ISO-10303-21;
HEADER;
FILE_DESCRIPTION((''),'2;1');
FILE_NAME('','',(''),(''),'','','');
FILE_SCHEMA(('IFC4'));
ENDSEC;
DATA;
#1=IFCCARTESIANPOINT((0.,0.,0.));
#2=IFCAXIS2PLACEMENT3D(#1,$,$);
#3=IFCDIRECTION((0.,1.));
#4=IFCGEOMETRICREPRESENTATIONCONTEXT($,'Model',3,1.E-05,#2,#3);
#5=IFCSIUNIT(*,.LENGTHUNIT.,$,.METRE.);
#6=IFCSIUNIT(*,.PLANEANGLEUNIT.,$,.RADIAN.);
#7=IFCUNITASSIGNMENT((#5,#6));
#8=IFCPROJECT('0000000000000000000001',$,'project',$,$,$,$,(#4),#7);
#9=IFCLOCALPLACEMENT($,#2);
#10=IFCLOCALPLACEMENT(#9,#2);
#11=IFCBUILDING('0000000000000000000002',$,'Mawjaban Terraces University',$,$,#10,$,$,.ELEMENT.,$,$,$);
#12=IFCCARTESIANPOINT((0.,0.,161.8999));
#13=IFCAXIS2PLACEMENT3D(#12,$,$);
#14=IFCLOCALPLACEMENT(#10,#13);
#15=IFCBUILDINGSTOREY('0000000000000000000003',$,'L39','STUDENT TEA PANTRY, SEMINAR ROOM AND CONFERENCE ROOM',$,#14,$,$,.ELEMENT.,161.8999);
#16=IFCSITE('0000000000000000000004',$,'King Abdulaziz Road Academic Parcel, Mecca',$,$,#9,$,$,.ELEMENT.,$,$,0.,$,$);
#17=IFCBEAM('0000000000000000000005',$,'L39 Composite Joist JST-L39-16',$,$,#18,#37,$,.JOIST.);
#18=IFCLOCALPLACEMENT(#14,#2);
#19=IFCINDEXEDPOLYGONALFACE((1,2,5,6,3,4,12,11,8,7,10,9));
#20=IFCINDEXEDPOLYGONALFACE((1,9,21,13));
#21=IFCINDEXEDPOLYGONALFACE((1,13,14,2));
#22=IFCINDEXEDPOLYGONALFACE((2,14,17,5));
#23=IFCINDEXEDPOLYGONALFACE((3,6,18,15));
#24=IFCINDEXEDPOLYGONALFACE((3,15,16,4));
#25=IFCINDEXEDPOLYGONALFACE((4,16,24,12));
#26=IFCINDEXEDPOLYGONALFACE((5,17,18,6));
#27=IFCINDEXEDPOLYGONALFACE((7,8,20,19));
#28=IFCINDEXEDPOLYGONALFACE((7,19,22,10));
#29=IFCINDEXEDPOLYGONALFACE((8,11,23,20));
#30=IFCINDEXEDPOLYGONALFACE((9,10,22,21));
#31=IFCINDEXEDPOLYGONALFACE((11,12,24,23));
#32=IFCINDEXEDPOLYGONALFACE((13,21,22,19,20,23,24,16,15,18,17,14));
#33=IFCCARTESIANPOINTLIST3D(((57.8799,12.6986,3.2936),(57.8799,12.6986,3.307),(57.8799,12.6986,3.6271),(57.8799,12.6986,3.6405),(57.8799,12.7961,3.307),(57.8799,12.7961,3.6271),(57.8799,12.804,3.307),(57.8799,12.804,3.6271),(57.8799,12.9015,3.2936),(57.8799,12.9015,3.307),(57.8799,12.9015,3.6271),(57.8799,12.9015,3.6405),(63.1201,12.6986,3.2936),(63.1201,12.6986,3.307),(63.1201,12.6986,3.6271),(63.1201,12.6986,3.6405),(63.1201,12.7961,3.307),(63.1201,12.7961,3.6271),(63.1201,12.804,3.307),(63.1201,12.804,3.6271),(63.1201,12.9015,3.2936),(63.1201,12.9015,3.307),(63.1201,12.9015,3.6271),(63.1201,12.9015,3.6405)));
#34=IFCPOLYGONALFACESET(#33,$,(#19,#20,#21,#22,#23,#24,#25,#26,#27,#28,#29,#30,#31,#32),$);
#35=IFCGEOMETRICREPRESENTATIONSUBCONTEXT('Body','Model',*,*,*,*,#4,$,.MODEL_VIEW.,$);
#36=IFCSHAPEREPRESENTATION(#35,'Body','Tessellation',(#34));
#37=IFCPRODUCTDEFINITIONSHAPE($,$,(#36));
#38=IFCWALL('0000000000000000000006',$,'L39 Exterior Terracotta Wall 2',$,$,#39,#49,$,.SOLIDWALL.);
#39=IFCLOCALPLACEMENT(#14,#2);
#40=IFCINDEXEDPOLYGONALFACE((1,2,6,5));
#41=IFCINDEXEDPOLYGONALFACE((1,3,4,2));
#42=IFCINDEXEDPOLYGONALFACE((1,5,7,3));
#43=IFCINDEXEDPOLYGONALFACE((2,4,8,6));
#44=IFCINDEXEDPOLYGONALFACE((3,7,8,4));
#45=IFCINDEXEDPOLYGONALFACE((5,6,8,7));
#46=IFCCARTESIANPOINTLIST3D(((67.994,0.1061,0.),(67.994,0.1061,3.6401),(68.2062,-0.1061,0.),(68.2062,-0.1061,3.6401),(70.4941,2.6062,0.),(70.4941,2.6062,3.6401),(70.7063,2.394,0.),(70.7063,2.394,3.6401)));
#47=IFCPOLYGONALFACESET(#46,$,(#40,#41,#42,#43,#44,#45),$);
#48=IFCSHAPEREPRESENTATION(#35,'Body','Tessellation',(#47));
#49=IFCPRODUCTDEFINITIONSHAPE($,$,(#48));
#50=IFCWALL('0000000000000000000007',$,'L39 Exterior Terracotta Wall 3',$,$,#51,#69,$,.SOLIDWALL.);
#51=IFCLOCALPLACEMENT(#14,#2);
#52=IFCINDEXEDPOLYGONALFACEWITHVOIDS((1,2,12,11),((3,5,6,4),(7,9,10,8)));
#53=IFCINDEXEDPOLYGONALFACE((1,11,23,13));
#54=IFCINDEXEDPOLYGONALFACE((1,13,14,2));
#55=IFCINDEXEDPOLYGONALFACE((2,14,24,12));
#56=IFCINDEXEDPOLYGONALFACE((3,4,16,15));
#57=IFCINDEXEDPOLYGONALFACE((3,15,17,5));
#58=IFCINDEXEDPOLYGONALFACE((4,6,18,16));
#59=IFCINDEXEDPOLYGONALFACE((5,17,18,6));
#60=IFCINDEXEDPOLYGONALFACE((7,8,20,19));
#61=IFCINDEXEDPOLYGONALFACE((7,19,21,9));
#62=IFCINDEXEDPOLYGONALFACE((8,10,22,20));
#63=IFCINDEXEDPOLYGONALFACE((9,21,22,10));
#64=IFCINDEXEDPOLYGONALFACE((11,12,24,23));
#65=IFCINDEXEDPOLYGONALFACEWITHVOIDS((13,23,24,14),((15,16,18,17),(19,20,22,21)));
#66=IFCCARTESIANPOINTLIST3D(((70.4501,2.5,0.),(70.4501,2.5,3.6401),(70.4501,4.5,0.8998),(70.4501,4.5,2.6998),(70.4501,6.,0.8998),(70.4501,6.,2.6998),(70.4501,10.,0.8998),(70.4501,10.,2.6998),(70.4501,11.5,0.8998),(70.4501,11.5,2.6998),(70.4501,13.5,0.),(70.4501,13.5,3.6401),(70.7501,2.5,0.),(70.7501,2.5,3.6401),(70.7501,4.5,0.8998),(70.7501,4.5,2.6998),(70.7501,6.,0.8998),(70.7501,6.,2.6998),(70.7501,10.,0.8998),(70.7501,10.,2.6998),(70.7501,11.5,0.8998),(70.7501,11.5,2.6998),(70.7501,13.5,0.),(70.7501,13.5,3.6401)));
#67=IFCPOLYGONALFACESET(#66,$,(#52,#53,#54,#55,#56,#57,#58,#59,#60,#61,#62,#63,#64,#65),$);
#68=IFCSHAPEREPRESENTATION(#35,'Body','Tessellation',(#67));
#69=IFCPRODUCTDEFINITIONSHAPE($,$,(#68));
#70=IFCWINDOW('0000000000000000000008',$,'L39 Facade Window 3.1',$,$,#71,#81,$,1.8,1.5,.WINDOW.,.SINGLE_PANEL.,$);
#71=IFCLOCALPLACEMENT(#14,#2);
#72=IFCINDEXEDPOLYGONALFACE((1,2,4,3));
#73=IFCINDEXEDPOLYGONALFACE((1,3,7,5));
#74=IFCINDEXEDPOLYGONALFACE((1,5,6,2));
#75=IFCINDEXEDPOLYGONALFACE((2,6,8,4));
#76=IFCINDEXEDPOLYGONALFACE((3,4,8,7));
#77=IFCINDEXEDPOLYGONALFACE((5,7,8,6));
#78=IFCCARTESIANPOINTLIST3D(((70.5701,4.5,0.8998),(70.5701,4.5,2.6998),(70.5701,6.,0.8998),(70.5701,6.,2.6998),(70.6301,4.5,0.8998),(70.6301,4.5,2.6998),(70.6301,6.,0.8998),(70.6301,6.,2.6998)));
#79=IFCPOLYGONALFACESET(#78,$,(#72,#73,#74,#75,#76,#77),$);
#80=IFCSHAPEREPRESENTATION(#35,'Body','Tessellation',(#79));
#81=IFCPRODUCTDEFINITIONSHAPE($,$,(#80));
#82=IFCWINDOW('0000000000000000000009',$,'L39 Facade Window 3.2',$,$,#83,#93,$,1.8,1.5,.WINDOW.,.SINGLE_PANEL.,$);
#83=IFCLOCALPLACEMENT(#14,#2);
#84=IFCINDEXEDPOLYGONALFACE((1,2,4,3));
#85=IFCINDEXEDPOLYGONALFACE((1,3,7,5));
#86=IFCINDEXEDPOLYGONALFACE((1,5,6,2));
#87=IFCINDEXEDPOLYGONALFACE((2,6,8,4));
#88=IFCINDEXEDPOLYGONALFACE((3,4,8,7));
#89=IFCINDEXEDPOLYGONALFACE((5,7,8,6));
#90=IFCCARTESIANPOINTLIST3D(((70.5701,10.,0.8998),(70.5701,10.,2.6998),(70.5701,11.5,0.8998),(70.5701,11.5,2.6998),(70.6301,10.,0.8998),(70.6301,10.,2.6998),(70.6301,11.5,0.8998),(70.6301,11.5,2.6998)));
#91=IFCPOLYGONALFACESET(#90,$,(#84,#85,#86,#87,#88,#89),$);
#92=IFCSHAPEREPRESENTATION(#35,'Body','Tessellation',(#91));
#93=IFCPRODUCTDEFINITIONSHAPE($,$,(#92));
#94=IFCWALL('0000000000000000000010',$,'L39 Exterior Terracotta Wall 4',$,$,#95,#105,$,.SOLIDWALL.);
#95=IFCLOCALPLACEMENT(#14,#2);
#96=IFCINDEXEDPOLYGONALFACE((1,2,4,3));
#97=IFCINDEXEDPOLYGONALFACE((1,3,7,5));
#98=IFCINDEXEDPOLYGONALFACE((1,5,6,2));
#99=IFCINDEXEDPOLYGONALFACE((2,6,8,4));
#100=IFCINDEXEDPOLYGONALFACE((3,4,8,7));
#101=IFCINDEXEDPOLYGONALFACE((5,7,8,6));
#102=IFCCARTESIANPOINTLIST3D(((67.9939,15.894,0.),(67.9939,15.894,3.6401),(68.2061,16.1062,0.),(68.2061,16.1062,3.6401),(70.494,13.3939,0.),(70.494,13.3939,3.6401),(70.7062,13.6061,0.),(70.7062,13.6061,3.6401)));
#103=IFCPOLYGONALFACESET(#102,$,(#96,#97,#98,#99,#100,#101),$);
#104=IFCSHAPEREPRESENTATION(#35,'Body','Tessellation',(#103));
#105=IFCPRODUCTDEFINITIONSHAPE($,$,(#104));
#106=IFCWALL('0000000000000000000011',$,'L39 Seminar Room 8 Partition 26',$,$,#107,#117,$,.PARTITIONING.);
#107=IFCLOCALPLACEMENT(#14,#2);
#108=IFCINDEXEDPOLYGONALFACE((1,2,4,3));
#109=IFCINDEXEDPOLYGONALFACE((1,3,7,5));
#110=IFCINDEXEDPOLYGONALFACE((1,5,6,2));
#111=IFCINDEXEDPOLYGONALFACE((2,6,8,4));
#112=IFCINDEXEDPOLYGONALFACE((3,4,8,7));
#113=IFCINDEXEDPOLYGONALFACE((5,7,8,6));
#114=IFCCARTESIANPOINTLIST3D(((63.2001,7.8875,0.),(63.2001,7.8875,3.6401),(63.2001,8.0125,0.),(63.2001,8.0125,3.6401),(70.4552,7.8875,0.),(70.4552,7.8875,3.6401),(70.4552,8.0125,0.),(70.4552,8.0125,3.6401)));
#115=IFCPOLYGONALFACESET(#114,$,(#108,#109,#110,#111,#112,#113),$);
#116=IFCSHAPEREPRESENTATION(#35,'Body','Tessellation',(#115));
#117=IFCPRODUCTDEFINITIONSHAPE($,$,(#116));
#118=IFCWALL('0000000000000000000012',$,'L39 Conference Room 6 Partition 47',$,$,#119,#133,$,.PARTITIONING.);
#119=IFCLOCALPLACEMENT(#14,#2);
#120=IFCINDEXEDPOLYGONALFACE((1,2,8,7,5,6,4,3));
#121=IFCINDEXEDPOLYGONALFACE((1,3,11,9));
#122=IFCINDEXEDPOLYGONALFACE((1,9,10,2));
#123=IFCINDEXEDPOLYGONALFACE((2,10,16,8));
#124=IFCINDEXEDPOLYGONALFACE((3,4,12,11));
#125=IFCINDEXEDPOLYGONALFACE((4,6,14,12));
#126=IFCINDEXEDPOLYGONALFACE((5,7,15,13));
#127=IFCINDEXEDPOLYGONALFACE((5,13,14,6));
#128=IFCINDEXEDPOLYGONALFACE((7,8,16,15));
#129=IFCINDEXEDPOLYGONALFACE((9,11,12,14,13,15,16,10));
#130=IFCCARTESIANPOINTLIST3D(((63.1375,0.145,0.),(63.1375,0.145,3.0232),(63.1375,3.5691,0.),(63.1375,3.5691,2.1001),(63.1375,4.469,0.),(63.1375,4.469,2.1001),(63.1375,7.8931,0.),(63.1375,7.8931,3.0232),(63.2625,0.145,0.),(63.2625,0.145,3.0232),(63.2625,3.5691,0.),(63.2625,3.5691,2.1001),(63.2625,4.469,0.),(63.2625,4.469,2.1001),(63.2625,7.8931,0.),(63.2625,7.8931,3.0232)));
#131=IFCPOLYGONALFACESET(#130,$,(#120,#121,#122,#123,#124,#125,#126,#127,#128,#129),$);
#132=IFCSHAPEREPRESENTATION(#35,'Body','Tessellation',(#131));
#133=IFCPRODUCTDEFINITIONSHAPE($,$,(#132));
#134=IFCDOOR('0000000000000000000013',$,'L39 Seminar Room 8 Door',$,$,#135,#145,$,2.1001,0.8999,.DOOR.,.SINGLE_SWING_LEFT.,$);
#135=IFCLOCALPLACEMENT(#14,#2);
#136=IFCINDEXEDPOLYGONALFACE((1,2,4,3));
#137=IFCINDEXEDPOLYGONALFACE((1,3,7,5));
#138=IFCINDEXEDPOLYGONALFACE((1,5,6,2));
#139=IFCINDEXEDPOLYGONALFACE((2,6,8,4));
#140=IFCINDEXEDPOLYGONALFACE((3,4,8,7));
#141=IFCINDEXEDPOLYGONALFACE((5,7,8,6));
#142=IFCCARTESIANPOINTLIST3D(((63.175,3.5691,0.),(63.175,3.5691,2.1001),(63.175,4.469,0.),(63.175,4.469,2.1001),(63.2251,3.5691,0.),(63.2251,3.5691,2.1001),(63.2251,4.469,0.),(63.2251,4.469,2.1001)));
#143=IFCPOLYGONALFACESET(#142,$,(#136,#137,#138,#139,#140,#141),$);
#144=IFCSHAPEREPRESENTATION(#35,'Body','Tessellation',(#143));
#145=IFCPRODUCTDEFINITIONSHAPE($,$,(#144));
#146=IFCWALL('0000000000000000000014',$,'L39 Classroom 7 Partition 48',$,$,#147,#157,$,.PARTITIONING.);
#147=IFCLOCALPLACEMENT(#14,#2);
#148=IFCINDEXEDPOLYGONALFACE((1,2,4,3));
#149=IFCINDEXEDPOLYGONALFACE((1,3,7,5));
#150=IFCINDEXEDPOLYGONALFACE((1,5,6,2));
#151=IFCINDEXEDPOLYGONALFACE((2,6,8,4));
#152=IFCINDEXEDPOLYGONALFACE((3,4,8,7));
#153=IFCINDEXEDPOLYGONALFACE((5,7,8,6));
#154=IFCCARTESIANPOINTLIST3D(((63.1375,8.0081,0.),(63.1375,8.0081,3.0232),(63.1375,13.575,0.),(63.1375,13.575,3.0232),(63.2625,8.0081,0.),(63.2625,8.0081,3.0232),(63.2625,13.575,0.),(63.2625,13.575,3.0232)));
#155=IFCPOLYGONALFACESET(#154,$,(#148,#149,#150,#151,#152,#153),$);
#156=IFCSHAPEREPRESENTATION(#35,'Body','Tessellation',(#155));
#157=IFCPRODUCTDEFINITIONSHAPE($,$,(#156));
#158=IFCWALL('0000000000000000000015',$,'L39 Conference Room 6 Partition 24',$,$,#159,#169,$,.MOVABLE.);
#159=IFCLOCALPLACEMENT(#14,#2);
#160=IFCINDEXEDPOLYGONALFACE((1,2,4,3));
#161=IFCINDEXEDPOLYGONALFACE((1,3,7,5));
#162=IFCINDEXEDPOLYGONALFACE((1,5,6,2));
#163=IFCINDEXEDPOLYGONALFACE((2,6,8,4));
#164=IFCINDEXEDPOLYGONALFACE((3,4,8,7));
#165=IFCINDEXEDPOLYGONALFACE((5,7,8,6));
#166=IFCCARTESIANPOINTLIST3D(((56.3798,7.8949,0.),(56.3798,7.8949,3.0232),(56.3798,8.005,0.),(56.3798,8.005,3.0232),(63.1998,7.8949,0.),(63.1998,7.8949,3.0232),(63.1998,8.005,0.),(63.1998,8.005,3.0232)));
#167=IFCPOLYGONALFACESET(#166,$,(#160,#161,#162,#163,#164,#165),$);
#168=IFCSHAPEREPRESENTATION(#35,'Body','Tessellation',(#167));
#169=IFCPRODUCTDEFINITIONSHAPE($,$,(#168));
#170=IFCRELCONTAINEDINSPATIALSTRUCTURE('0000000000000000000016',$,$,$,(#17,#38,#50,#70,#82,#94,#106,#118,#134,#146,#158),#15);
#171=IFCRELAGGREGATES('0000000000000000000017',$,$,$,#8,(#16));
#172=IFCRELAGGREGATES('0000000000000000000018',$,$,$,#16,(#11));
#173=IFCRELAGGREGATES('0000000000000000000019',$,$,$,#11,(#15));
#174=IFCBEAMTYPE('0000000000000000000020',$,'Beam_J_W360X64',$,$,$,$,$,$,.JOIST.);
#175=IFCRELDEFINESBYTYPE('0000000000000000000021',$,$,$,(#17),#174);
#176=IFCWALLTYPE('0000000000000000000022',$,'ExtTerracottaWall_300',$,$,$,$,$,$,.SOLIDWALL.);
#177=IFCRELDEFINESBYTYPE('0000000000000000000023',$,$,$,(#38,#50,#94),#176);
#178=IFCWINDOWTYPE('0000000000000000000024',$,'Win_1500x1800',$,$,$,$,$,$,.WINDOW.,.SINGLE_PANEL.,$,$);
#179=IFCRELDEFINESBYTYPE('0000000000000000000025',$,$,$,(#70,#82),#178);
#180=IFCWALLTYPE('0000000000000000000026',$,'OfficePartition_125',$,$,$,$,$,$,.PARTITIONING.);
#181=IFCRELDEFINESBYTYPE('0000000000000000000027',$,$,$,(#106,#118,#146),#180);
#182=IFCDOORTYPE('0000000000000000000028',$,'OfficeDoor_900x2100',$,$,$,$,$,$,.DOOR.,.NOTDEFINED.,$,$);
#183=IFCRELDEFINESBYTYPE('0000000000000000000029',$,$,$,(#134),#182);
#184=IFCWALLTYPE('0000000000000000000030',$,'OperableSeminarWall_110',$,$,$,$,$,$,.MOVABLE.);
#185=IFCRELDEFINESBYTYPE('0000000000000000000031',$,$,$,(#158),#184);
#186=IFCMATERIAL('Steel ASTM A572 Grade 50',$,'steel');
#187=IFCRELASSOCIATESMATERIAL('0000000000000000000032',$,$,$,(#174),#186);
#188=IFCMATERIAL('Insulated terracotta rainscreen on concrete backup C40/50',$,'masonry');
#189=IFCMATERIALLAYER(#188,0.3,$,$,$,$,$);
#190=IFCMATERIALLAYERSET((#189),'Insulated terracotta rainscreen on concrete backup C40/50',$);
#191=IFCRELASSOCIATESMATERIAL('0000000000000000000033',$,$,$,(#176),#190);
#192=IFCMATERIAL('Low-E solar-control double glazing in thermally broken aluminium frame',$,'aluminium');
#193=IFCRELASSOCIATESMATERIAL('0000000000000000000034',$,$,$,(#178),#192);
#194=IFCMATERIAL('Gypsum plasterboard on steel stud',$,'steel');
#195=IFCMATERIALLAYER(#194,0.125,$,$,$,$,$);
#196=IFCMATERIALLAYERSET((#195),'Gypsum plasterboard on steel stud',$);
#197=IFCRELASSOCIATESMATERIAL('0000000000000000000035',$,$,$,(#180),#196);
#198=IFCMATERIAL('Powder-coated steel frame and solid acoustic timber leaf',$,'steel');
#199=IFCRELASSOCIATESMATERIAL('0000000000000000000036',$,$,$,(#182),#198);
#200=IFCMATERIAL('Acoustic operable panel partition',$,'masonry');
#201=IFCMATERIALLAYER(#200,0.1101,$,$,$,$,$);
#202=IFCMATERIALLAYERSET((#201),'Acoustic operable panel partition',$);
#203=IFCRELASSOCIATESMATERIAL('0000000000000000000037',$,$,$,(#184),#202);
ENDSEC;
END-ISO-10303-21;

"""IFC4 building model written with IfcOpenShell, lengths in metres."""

from ifc_helpers import new_model, si_unit, direction, frame, frame_2d, origin, origin_2d, place, context, subcontext, project, spatial, rectangle, i_section, extrude, material, layer, layer_set, material_profile, profile_set, type_object, element, fill, save


model = new_model("IFC4")

# Units and contexts
model_context = context("Model", 3, precision=1e-05, world=origin(), true_north=direction((0.0, 1.0)))
body_context = subcontext(model_context, "Body", "Model", "MODEL_VIEW")
ifc_project = project(units=[si_unit("LENGTHUNIT", "METRE"), si_unit("PLANEANGLEUNIT", "RADIAN")], contexts=[model_context])

# Site, building, storey
site_placement = place(None, origin())
site = spatial("IfcSite", under=ifc_project, at=site_placement, Name="King Abdulaziz Road Academic Parcel, Mecca", CompositionType="ELEMENT", RefElevation=0.0)
building_placement = place(site_placement, origin())
building = spatial("IfcBuilding", under=site, at=building_placement, Name="Mawjaban Terraces University", CompositionType="ELEMENT")
storey_placement = place(building_placement, frame((0.0, 0.0, 161.8999)))
storey = spatial("IfcBuildingStorey", under=building, at=storey_placement, Name="L39", Description="STUDENT TEA PANTRY, SEMINAR ROOM AND CONFERENCE ROOM", CompositionType="ELEMENT", Elevation=161.8999)

# Beam
ifc_material_1 = material(Name="Steel ASTM A572 Grade 50", Category="steel")
ifc_material_profile_1 = material_profile(ifc_material_1, i_section(OverallWidth=0.2029, OverallDepth=0.3469, WebThickness=0.0078, FlangeThickness=0.0134, at=origin_2d()), Name="W360X64")
ifc_profile_set_1 = profile_set([ifc_material_profile_1], Name="Steel ASTM A572 Grade 50")
beam_type_1 = type_object("IfcBeamType", Name="Beam_J_W360X64", PredefinedType="JOIST", material=ifc_profile_set_1)
for number, where, z_axis, x_axis, name in (
    (1, (57.8799, 12.8, 3.467), (1.0, 0.0, 0.0), (0.0, 1.0, 0.0), "L39 Composite Joist JST-L39-16"),
):
    element("IfcBeam", number, at=place(storey_placement, frame(where, z_axis=z_axis, x_axis=x_axis)), inside=storey, type_object=beam_type_1, Name=name, PredefinedType="JOIST", context=body_context, shape_type="SweptSolid", body=[
        extrude(i_section(OverallWidth=0.2029, OverallDepth=0.3469, WebThickness=0.0078, FlangeThickness=0.0134, at=origin_2d()), origin(), (0.0, 0.0, 1.0), 5.2402),
    ])

# Wall
ifc_material_2 = material(Name="Insulated terracotta rainscreen on concrete backup C40/50", Category="masonry")
ifc_layer_1 = layer(ifc_material_2, 0.3)
ifc_layer_set_1 = layer_set([ifc_layer_1], Name="Insulated terracotta rainscreen on concrete backup C40/50")
wall_type_1 = type_object("IfcWallType", Name="ExtTerracottaWall_300", PredefinedType="SOLIDWALL", material=ifc_layer_set_1)
wall_1_placement = place(storey_placement, frame((68.1001, 0.0, 0.0), z_axis=(0.0, 0.0, 1.0), x_axis=(0.707107, 0.707107, 0.0)))
element("IfcWall", 2, at=wall_1_placement, inside=storey, type_object=wall_type_1, Name="L39 Exterior Terracotta Wall 2", PredefinedType="SOLIDWALL", context=body_context, shape_type="SweptSolid", body=[
    extrude(rectangle(XDim=3.5356, YDim=0.3, at=frame_2d((1.7678, 0.0))), origin(), (0.0, 0.0, 1.0), 3.6401),
])

# Wall, openings, windows
wall_2_placement = place(storey_placement, frame((70.6001, 2.5, 0.0), z_axis=(0.0, 0.0, 1.0), x_axis=(0.0, 1.0, 0.0)))
wall_2 = element("IfcWall", 3, at=wall_2_placement, inside=storey, type_object=wall_type_1, Name="L39 Exterior Terracotta Wall 3", PredefinedType="SOLIDWALL", context=body_context, shape_type="SweptSolid", body=[
    extrude(rectangle(XDim=11.0, YDim=0.3, at=frame_2d((5.5, 0.0))), origin(), (0.0, 0.0, 1.0), 3.6401),
])
opening_1_placement = place(wall_2_placement, frame((2.0, 0.0, 0.8999)))
opening_1 = element("IfcOpeningElement", 4, at=opening_1_placement, cuts=wall_2, PredefinedType="OPENING", context=body_context, shape_type="SweptSolid", body=[
    extrude(rectangle(XDim=1.5, YDim=1.8, at=frame_2d((0.75, 0.8999))), frame((0.0, 0.1599, 0.0), z_axis=(0.0, -1.0, 0.0), x_axis=(1.0, 0.0, 0.0)), (0.0, 0.0, 1.0), 0.3201),
])
opening_2_placement = place(wall_2_placement, frame((7.5, 0.0, 0.8999)))
opening_2 = element("IfcOpeningElement", 5, at=opening_2_placement, cuts=wall_2, PredefinedType="OPENING", context=body_context, shape_type="SweptSolid", body=[
    extrude(rectangle(XDim=1.5, YDim=1.8, at=frame_2d((0.75, 0.8999))), frame((0.0, 0.1599, 0.0), z_axis=(0.0, -1.0, 0.0), x_axis=(1.0, 0.0, 0.0)), (0.0, 0.0, 1.0), 0.3201),
])
ifc_material_3 = material(Name="Low-E solar-control double glazing in thermally broken aluminium frame", Category="aluminium")
window_type = type_object("IfcWindowType", Name="Win_1500x1800", PartitioningType="SINGLE_PANEL", PredefinedType="WINDOW", material=ifc_material_3)
window_1_placement = place(opening_1_placement, origin())
window_1 = element("IfcWindow", 6, at=window_1_placement, inside=storey, type_object=window_type, Name="L39 Facade Window 3.1", OverallHeight=1.8, OverallWidth=1.5, PartitioningType="SINGLE_PANEL", PredefinedType="WINDOW", context=body_context, shape_type="SweptSolid", body=[
    extrude(rectangle(XDim=1.5, YDim=1.8, at=frame_2d((0.75, 0.8999))), frame((0.0, 0.03, 0.0), z_axis=(0.0, -1.0, 0.0), x_axis=(1.0, 0.0, 0.0)), (0.0, 0.0, 1.0), 0.0601),
])
fill(opening_1, window_1)
window_2_placement = place(opening_2_placement, origin())
window_2 = element("IfcWindow", 7, at=window_2_placement, inside=storey, type_object=window_type, Name="L39 Facade Window 3.2", OverallHeight=1.8, OverallWidth=1.5, PartitioningType="SINGLE_PANEL", PredefinedType="WINDOW", context=body_context, shape_type="SweptSolid", body=[
    extrude(rectangle(XDim=1.5, YDim=1.8, at=frame_2d((0.75, 0.8999))), frame((0.0, 0.03, 0.0), z_axis=(0.0, -1.0, 0.0), x_axis=(1.0, 0.0, 0.0)), (0.0, 0.0, 1.0), 0.0601),
])
fill(opening_2, window_2)

# Walls
wall_3_placement = place(storey_placement, frame((70.6001, 13.5, 0.0), z_axis=(0.0, 0.0, 1.0), x_axis=(-0.707107, 0.707107, 0.0)))
element("IfcWall", 8, at=wall_3_placement, inside=storey, type_object=wall_type_1, Name="L39 Exterior Terracotta Wall 4", PredefinedType="SOLIDWALL", context=body_context, shape_type="SweptSolid", body=[
    extrude(rectangle(XDim=3.5356, YDim=0.3, at=frame_2d((1.7678, 0.0))), origin(), (0.0, 0.0, 1.0), 3.6401),
])
ifc_material_4 = material(Name="Gypsum plasterboard on steel stud", Category="steel")
ifc_layer_2 = layer(ifc_material_4, 0.125)
ifc_layer_set_2 = layer_set([ifc_layer_2], Name="Gypsum plasterboard on steel stud")
wall_type_2 = type_object("IfcWallType", Name="OfficePartition_125", PredefinedType="PARTITIONING", material=ifc_layer_set_2)
wall_4_placement = place(storey_placement, frame((70.4551, 7.95, 0.0), z_axis=(0.0, 0.0, 1.0), x_axis=(-1.0, 0.0, 0.0)))
element("IfcWall", 9, at=wall_4_placement, inside=storey, type_object=wall_type_2, Name="L39 Seminar Room 8 Partition 26", PredefinedType="PARTITIONING", context=body_context, shape_type="SweptSolid", body=[
    extrude(rectangle(XDim=7.2551, YDim=0.125, at=frame_2d((3.6274, 0.0))), origin(), (0.0, 0.0, 1.0), 3.6401),
])

# Wall, opening, door
wall_5_placement = place(storey_placement, frame((63.2, 0.145, 0.0), z_axis=(0.0, 0.0, 1.0), x_axis=(0.0, 1.0, 0.0)))
wall_5 = element("IfcWall", 10, at=wall_5_placement, inside=storey, type_object=wall_type_2, Name="L39 Conference Room 6 Partition 47", PredefinedType="PARTITIONING", context=body_context, shape_type="SweptSolid", body=[
    extrude(rectangle(XDim=7.748, YDim=0.125, at=frame_2d((3.874, 0.0))), origin(), (0.0, 0.0, 1.0), 3.0232),
])
opening_3_placement = place(wall_5_placement, frame((3.4241, 0.0, 0.0)))
opening_3 = element("IfcOpeningElement", 11, at=opening_3_placement, cuts=wall_5, PredefinedType="OPENING", context=body_context, shape_type="SweptSolid", body=[
    extrude(rectangle(XDim=0.8999, YDim=2.1001, at=frame_2d((0.45, 1.05))), frame((0.0, 0.0725, 0.0), z_axis=(0.0, -1.0, 0.0), x_axis=(1.0, 0.0, 0.0)), (0.0, 0.0, 1.0), 0.145),
])
ifc_material_5 = material(Name="Powder-coated steel frame and solid acoustic timber leaf", Category="steel")
door_type = type_object("IfcDoorType", Name="OfficeDoor_900x2100", OperationType="NOTDEFINED", PredefinedType="DOOR", material=ifc_material_5)
door_placement = place(opening_3_placement, origin())
door = element("IfcDoor", 12, at=door_placement, inside=storey, type_object=door_type, Name="L39 Seminar Room 8 Door", OperationType="SINGLE_SWING_LEFT", OverallHeight=2.1001, OverallWidth=0.8999, PredefinedType="DOOR", context=body_context, shape_type="SweptSolid", body=[
    extrude(rectangle(XDim=0.8999, YDim=2.1001, at=frame_2d((0.45, 1.05))), frame((0.0, 0.0249, 0.0), z_axis=(0.0, -1.0, 0.0), x_axis=(1.0, 0.0, 0.0)), (0.0, 0.0, 1.0), 0.05),
])
fill(opening_3, door)

# Walls
wall_6_placement = place(storey_placement, frame((63.2, 8.0081, 0.0), z_axis=(0.0, 0.0, 1.0), x_axis=(0.0, 1.0, 0.0)))
element("IfcWall", 13, at=wall_6_placement, inside=storey, type_object=wall_type_2, Name="L39 Classroom 7 Partition 48", PredefinedType="PARTITIONING", context=body_context, shape_type="SweptSolid", body=[
    extrude(rectangle(XDim=5.5669, YDim=0.125, at=frame_2d((2.7834, 0.0))), origin(), (0.0, 0.0, 1.0), 3.0232),
])
ifc_material_6 = material(Name="Acoustic operable panel partition", Category="masonry")
ifc_layer_3 = layer(ifc_material_6, 0.1101)
ifc_layer_set_3 = layer_set([ifc_layer_3], Name="Acoustic operable panel partition")
wall_type_3 = type_object("IfcWallType", Name="OperableSeminarWall_110", PredefinedType="MOVABLE", material=ifc_layer_set_3)
wall_7_placement = place(storey_placement, frame((63.2, 7.95, 0.0), z_axis=(0.0, 0.0, 1.0), x_axis=(-1.0, 0.0, 0.0)))
element("IfcWall", 14, at=wall_7_placement, inside=storey, type_object=wall_type_3, Name="L39 Conference Room 6 Partition 24", PredefinedType="MOVABLE", context=body_context, shape_type="SweptSolid", body=[
    extrude(rectangle(XDim=6.8201, YDim=0.1101, at=frame_2d((3.4102, 0.0))), origin(), (0.0, 0.0, 1.0), 3.0232),
])

save(model, "model.ifc")
